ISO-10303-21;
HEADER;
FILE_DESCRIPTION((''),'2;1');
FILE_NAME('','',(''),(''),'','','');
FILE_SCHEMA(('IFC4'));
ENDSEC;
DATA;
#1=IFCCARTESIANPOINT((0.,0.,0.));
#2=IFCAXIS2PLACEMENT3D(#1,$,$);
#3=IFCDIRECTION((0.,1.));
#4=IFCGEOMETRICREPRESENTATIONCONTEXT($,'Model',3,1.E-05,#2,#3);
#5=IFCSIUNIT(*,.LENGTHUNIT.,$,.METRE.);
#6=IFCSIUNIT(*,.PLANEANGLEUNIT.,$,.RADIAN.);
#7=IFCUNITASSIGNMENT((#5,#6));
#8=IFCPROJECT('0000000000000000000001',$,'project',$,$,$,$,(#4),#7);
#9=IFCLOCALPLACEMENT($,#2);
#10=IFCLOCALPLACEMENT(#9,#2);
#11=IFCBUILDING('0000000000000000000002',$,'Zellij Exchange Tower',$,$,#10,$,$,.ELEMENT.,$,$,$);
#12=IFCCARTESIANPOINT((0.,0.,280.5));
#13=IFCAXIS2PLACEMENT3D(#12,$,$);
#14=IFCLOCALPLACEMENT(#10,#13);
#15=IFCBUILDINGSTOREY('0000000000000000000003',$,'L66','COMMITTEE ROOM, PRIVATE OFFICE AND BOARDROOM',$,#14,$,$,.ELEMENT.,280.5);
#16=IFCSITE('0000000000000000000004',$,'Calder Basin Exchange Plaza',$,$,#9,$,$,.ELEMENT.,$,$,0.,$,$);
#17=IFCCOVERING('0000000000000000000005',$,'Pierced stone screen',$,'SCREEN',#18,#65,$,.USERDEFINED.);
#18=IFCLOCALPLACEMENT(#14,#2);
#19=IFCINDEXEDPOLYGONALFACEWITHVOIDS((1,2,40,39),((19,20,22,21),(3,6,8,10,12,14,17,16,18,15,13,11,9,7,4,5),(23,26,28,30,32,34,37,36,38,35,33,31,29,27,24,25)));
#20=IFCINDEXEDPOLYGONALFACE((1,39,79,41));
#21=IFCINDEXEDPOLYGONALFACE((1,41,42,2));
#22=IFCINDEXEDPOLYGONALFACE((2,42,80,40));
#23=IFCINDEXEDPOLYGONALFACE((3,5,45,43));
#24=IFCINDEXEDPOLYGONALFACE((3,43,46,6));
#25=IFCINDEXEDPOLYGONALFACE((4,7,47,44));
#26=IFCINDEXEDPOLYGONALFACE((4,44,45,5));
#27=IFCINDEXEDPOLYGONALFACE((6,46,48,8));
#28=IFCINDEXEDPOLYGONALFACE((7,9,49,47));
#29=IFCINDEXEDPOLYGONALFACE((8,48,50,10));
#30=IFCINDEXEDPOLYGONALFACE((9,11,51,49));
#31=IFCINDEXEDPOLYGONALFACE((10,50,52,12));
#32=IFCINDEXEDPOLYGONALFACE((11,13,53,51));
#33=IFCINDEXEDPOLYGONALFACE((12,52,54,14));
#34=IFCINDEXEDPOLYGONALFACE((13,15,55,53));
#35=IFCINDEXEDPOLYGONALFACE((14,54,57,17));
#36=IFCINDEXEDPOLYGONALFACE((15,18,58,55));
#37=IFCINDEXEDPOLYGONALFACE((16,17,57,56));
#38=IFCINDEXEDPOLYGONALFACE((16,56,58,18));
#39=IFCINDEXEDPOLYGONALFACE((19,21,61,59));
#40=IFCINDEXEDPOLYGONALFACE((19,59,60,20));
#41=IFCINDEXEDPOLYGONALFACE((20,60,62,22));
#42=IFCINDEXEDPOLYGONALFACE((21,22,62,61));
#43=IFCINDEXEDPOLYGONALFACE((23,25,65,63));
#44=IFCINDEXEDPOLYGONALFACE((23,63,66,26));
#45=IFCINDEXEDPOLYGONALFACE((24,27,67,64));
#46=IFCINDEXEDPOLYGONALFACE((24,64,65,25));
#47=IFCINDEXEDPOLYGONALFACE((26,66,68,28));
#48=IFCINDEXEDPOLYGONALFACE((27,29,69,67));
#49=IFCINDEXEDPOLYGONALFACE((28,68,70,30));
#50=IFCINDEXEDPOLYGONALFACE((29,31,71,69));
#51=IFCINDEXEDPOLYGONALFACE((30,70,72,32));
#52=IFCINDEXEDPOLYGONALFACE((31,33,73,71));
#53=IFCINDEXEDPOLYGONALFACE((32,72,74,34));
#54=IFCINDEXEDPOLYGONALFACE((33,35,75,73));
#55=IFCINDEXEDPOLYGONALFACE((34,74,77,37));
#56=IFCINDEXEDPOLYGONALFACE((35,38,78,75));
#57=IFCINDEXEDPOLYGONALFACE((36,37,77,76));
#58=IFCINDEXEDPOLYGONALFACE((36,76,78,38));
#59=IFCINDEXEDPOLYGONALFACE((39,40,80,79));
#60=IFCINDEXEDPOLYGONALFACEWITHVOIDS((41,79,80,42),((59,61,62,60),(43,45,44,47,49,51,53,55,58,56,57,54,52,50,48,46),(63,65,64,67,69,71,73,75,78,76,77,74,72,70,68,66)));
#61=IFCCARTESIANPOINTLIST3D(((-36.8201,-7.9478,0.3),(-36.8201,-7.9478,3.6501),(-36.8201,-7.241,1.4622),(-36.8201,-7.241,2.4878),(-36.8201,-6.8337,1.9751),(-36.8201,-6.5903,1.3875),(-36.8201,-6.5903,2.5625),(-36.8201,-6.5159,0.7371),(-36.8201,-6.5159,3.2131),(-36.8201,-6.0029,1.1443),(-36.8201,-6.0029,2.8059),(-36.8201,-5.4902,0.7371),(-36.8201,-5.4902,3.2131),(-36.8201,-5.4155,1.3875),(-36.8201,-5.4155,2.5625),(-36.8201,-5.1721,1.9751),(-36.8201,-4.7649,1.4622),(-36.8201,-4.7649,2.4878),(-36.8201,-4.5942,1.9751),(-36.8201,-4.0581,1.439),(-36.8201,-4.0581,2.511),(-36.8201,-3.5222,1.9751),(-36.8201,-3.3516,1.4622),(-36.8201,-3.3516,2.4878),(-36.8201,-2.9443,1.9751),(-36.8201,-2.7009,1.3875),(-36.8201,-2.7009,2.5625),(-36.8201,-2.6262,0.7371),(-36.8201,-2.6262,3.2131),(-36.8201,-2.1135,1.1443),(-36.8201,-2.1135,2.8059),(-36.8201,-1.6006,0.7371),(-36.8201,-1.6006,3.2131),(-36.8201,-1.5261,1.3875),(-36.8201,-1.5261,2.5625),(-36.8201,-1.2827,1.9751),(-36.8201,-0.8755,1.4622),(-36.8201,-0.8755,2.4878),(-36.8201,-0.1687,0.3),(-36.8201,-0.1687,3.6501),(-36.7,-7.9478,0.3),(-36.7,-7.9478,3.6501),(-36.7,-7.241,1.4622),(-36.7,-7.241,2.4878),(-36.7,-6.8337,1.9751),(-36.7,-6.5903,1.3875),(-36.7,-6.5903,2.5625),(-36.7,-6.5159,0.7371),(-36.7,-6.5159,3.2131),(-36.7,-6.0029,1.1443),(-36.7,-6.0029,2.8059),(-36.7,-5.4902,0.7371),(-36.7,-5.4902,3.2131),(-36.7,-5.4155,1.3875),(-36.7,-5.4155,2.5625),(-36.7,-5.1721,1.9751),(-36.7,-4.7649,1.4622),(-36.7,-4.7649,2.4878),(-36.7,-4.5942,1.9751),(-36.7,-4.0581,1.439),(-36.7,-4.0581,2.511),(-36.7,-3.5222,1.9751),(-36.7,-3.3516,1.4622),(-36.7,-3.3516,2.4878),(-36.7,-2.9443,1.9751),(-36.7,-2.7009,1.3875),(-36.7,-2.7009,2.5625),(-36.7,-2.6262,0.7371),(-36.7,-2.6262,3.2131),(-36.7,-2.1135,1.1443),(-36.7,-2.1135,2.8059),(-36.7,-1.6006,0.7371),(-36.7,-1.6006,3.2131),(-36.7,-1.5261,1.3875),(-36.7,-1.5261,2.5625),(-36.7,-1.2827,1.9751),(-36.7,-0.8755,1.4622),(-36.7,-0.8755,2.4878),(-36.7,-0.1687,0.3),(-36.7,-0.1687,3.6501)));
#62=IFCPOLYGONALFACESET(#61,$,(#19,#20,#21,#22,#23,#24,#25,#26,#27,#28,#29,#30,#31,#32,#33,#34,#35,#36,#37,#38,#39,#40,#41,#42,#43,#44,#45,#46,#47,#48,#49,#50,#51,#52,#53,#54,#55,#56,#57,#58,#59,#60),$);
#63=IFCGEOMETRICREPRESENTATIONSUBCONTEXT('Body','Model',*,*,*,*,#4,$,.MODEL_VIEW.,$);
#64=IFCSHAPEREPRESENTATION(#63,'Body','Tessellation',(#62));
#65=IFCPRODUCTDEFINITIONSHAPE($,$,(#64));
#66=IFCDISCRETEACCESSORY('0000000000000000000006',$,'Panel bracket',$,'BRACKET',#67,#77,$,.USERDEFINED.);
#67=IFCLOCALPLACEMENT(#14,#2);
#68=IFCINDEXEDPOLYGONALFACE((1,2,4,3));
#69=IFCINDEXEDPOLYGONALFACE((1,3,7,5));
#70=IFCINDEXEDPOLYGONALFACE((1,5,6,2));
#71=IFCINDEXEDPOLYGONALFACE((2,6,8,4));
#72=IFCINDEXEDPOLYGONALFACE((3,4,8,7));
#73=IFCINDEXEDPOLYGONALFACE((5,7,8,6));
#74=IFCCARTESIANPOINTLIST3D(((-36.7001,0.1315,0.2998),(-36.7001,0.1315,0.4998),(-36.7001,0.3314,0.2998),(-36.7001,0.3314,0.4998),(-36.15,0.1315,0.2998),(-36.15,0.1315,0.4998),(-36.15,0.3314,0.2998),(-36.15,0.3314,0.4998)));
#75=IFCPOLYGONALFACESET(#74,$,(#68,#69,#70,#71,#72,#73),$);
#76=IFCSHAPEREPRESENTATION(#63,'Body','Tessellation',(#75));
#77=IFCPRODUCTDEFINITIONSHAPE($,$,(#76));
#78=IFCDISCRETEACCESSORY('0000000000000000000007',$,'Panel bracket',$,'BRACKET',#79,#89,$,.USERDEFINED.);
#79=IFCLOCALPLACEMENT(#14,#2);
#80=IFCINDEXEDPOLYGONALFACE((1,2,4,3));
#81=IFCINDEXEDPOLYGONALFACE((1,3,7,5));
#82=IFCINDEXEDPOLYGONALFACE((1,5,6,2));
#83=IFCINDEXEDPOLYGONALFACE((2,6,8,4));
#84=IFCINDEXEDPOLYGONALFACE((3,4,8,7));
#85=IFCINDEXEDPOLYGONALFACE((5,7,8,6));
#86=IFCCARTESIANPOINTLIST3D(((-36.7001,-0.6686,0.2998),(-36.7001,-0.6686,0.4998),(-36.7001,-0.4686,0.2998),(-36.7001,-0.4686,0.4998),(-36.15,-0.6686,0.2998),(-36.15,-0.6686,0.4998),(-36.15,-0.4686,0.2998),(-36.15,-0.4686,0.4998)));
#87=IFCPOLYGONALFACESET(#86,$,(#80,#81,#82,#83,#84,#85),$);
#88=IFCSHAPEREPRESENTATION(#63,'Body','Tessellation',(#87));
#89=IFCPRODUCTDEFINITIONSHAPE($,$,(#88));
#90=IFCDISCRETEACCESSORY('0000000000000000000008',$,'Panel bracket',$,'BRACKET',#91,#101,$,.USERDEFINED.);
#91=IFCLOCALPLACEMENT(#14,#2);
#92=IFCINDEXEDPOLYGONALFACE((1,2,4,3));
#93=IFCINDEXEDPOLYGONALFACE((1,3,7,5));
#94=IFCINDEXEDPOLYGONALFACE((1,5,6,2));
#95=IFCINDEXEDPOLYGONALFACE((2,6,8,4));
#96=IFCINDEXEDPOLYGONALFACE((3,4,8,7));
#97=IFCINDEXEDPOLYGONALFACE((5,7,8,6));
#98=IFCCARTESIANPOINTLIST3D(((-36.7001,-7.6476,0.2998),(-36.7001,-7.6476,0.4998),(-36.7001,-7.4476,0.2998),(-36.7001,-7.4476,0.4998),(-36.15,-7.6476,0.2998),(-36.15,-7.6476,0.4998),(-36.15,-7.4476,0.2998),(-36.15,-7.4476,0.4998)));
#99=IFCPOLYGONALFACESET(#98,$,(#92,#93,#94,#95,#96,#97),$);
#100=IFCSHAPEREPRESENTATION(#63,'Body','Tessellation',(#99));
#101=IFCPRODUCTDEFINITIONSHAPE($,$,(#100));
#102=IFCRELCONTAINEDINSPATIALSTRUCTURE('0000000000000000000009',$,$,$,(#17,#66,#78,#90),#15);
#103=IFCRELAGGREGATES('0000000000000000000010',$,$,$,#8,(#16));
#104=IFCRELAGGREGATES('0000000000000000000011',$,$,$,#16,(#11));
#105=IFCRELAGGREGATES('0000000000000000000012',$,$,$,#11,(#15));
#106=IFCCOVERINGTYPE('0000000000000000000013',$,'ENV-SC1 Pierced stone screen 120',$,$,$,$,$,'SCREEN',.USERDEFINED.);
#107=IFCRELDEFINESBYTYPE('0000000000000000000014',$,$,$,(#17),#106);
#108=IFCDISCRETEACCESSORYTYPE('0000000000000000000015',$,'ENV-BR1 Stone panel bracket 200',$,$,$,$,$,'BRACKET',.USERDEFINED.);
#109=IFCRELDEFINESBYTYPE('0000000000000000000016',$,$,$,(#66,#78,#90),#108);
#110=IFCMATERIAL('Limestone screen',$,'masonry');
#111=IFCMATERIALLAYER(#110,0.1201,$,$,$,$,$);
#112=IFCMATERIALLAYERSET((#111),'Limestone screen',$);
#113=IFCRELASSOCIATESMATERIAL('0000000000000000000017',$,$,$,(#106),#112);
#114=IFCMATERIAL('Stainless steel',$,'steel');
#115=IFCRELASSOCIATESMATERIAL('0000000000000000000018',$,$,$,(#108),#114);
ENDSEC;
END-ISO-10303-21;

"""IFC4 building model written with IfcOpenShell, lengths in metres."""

from ifc_helpers import new_model, si_unit, direction, frame, origin, origin_2d, place, context, subcontext, project, spatial, polyline, rectangle, outline, extrude, material, layer, layer_set, type_object, element, save


model = new_model("IFC4")

# Units and contexts
model_context = context("Model", 3, precision=1e-05, world=origin(), true_north=direction((0.0, 1.0)))
body_context = subcontext(model_context, "Body", "Model", "MODEL_VIEW")
ifc_project = project(units=[si_unit("LENGTHUNIT", "METRE"), si_unit("PLANEANGLEUNIT", "RADIAN")], contexts=[model_context])

# Site, building, storey
site_placement = place(None, origin())
site = spatial("IfcSite", under=ifc_project, at=site_placement, Name="Calder Basin Exchange Plaza", CompositionType="ELEMENT", RefElevation=0.0)
building_placement = place(site_placement, origin())
building = spatial("IfcBuilding", under=site, at=building_placement, Name="Zellij Exchange Tower", CompositionType="ELEMENT")
storey_placement = place(building_placement, frame((0.0, 0.0, 280.5)))
storey = spatial("IfcBuildingStorey", under=building, at=storey_placement, Name="L66", Description="COMMITTEE ROOM, PRIVATE OFFICE AND BOARDROOM", CompositionType="ELEMENT", Elevation=280.5)

# Covering
ifc_material_1 = material(Name="Limestone screen", Category="masonry")
ifc_layer_1 = layer(ifc_material_1, 0.1201)
ifc_layer_set_1 = layer_set([ifc_layer_1], Name="Limestone screen")
covering_type = type_object("IfcCoveringType", Name="ENV-SC1 Pierced stone screen 120", ElementType="SCREEN", PredefinedType="USERDEFINED", material=ifc_layer_set_1)
covering_placement = place(storey_placement, frame((-36.76, -0.1687, 0.3), z_axis=(0.0, 0.0, 1.0), x_axis=(0.0, -1.0, 0.0)))
element("IfcCovering", 1, at=covering_placement, inside=storey, type_object=covering_type, Name="Pierced stone screen", ObjectType="SCREEN", PredefinedType="USERDEFINED", context=body_context, shape_type="SweptSolid", body=[
    extrude(outline(polyline([(0.0, 0.0), (7.7791, 0.0), (7.7791, 3.3501), (0.0, 3.3501), (0.0, 0.0)]), holes=[polyline([(3.1829, 2.1877), (2.5322, 2.2625), (2.4575, 2.9131), (1.9448, 2.5059), (1.4319, 2.9131), (1.3574, 2.2625), (0.7068, 2.1877), (1.114, 1.675), (0.7068, 1.1621), (1.3574, 1.0874), (1.4319, 0.437), (1.9448, 0.8442), (2.4575, 0.437), (2.5322, 1.0874), (3.1829, 1.1621), (2.7756, 1.675), (3.1829, 2.1877)]), polyline([(7.0723, 2.1877), (6.4216, 2.2625), (6.3472, 2.9131), (5.8342, 2.5059), (5.3215, 2.9131), (5.2468, 2.2625), (4.5962, 2.1877), (5.0034, 1.675), (4.5962, 1.1621), (5.2468, 1.0874), (5.3215, 0.437), (5.8342, 0.8442), (6.3472, 0.437), (6.4216, 1.0874), (7.0723, 1.1621), (6.665, 1.675), (7.0723, 2.1877)]), polyline([(4.4255, 1.675), (3.8894, 2.2109), (3.3535, 1.675), (3.8894, 1.1389), (4.4255, 1.675)])]), frame((0.0, 0.0601, 0.0), z_axis=(0.0, -1.0, 0.0), x_axis=(1.0, 0.0, 0.0)), (0.0, 0.0, 1.0), 0.1201),
])

# Discrete accessories
ifc_material_2 = material(Name="Stainless steel", Category="steel")
discrete_accessory_type = type_object("IfcDiscreteAccessoryType", Name="ENV-BR1 Stone panel bracket 200", ElementType="BRACKET", PredefinedType="USERDEFINED", material=ifc_material_2)
for number, where, z_axis, x_axis, name in (
    (2, (-36.425, 0.2314, 0.2998), (0.0, 0.0, 1.0), (0.0, -1.0, 0.0), "Panel bracket"),
    (3, (-36.425, -0.5686, 0.2998), (0.0, 0.0, 1.0), (0.0, -1.0, 0.0), "Panel bracket"),
    (4, (-36.425, -7.5476, 0.2998), (0.0, 0.0, 1.0), (0.0, -1.0, 0.0), "Panel bracket"),
):
    element("IfcDiscreteAccessory", number, at=place(storey_placement, frame(where, z_axis=z_axis, x_axis=x_axis)), inside=storey, type_object=discrete_accessory_type, Name=name, ObjectType="BRACKET", PredefinedType="USERDEFINED", context=body_context, shape_type="SweptSolid", body=[
        extrude(rectangle(XDim=0.2, YDim=0.55, at=origin_2d()), origin(), (0.0, 0.0, 1.0), 0.2),
    ])

save(model, "model.ifc")
